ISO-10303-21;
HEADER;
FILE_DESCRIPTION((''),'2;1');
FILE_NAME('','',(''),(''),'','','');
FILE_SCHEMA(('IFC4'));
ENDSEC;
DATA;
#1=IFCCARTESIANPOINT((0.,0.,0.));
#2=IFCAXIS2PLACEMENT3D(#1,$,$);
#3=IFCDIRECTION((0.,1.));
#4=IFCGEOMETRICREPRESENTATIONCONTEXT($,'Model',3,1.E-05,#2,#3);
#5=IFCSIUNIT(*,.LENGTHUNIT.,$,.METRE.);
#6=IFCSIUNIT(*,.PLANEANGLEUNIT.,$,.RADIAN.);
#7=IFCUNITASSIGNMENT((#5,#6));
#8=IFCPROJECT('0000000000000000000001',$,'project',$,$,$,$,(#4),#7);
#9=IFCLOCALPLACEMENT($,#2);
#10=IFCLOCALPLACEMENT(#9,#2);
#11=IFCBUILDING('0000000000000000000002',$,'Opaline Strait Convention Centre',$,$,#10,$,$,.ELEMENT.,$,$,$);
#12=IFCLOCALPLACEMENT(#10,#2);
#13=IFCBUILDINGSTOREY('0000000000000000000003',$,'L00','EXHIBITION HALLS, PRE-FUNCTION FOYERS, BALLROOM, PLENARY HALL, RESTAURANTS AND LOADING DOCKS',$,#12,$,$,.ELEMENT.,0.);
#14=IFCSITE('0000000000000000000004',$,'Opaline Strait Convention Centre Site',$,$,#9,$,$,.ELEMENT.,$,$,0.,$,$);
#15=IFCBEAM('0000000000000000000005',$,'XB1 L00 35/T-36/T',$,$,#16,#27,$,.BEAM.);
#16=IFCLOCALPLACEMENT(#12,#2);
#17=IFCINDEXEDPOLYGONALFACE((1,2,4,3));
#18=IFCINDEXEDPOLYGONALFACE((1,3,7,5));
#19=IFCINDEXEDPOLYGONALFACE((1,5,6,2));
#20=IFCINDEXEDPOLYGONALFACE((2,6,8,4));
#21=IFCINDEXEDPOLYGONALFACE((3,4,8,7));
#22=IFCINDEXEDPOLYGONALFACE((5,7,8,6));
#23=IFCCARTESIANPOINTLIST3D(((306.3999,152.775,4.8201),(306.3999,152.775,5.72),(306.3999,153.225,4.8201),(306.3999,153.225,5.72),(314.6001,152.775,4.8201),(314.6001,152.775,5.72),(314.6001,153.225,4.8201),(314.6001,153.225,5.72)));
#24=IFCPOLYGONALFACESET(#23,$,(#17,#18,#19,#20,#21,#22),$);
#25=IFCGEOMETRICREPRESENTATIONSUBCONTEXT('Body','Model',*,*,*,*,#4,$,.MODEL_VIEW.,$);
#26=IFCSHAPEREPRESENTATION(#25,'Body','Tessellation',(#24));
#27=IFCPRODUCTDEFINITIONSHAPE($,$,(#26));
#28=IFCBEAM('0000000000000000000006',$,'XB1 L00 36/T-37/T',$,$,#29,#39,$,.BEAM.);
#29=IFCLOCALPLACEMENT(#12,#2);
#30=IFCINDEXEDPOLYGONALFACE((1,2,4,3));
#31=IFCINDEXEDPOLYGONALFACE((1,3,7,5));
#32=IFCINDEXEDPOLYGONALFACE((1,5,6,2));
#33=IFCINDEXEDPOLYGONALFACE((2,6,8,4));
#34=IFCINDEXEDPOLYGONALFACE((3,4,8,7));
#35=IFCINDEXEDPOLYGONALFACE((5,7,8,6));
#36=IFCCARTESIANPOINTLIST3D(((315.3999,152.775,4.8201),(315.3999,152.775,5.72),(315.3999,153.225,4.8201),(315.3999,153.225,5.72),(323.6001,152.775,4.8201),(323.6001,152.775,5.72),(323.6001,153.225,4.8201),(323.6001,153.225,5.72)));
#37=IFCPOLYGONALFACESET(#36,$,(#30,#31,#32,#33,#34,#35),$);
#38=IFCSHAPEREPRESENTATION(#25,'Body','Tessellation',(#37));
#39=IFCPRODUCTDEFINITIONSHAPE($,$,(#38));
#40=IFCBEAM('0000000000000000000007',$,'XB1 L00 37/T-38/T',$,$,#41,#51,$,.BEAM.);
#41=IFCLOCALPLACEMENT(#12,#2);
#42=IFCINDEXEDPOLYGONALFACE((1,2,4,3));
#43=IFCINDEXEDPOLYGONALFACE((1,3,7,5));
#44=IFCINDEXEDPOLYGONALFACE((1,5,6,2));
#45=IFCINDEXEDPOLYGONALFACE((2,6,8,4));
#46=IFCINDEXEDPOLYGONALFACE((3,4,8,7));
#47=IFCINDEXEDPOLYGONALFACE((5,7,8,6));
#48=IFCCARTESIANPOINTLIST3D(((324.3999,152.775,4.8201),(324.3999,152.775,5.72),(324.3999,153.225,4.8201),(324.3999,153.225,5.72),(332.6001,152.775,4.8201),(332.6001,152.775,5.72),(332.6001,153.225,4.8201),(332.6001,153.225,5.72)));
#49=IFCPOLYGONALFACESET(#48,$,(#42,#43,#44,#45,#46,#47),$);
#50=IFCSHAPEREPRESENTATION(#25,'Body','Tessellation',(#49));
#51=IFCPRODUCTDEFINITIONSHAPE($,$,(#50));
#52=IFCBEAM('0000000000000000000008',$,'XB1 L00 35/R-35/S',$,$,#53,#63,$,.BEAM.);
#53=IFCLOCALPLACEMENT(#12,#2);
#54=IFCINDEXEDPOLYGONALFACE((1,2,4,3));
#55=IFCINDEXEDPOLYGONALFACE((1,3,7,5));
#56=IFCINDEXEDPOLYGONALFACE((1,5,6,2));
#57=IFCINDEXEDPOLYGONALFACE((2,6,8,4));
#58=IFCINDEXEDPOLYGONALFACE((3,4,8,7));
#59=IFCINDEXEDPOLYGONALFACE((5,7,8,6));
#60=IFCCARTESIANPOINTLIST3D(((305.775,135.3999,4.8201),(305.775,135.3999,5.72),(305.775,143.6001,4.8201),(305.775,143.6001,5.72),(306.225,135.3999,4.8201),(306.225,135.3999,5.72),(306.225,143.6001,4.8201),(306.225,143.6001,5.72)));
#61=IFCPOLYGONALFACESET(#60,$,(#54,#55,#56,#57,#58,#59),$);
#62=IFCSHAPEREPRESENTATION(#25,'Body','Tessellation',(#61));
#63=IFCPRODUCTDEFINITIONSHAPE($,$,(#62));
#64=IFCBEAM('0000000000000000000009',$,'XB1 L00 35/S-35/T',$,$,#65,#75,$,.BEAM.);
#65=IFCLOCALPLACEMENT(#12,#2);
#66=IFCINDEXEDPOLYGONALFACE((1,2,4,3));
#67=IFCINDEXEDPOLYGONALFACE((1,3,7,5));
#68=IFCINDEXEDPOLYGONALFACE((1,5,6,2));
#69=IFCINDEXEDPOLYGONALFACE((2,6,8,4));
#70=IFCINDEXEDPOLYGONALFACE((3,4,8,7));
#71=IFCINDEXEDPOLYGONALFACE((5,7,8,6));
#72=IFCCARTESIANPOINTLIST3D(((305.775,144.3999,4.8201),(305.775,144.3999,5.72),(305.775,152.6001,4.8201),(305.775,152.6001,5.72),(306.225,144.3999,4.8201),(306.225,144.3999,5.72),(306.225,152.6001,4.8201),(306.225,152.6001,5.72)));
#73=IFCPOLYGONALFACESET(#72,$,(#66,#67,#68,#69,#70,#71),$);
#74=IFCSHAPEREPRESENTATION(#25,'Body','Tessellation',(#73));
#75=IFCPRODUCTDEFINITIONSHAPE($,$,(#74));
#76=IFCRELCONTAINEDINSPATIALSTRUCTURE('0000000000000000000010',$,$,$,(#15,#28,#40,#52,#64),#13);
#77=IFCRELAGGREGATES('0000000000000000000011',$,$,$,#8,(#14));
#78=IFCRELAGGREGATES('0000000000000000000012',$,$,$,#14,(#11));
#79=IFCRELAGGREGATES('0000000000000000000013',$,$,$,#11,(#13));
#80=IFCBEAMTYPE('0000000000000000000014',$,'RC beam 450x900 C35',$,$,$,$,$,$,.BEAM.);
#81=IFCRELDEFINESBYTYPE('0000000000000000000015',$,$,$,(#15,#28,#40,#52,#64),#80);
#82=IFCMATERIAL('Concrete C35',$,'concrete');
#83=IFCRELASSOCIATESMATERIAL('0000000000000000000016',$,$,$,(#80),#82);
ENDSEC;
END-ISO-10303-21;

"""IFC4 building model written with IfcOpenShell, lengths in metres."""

from ifc_helpers import new_model, si_unit, direction, frame, origin, origin_2d, place, context, subcontext, project, spatial, rectangle, extrude, material, material_profile, profile_set, type_object, element, save


model = new_model("IFC4")

# Units and contexts
model_context = context("Model", 3, precision=1e-05, world=origin(), true_north=direction((0.0, 1.0)))
body_context = subcontext(model_context, "Body", "Model", "MODEL_VIEW")
ifc_project = project(units=[si_unit("LENGTHUNIT", "METRE"), si_unit("PLANEANGLEUNIT", "RADIAN")], contexts=[model_context])

# Site, building, storey
site_placement = place(None, origin())
site = spatial("IfcSite", under=ifc_project, at=site_placement, Name="Opaline Strait Convention Centre Site", CompositionType="ELEMENT", RefElevation=0.0)
building_placement = place(site_placement, origin())
building = spatial("IfcBuilding", under=site, at=building_placement, Name="Opaline Strait Convention Centre", CompositionType="ELEMENT")
storey_placement = place(building_placement, origin())
storey = spatial("IfcBuildingStorey", under=building, at=storey_placement, Name="L00", Description="EXHIBITION HALLS, PRE-FUNCTION FOYERS, BALLROOM, PLENARY HALL, RESTAURANTS AND LOADING DOCKS", CompositionType="ELEMENT", Elevation=0.0)

# Shared definitions
ifc_material_1 = material(Name="Concrete C35", Category="concrete")

# Beams
ifc_material_profile_1 = material_profile(ifc_material_1, rectangle(XDim=0.45, YDim=0.8999, at=origin_2d()), Name="RC 450x900")
ifc_profile_set_1 = profile_set([ifc_material_profile_1], Name="Concrete C35")
beam_type = type_object("IfcBeamType", Name="RC beam 450x900 C35", PredefinedType="BEAM", material=ifc_profile_set_1)
for number, where, z_axis, x_axis, name in (
    (1, (306.3999, 153.0, 5.27), (1.0, 0.0, 0.0), (0.0, 1.0, 0.0), "XB1 L00 35/T-36/T"),
    (2, (315.3999, 153.0, 5.27), (1.0, 0.0, 0.0), (0.0, 1.0, 0.0), "XB1 L00 36/T-37/T"),
    (3, (324.3999, 153.0, 5.27), (1.0, 0.0, 0.0), (0.0, 1.0, 0.0), "XB1 L00 37/T-38/T"),
    (4, (306.0, 135.3999, 5.27), (0.0, 1.0, 0.0), (-1.0, 0.0, 0.0), "XB1 L00 35/R-35/S"),
    (5, (306.0, 144.3999, 5.27), (0.0, 1.0, 0.0), (-1.0, 0.0, 0.0), "XB1 L00 35/S-35/T"),
):
    element("IfcBeam", number, at=place(storey_placement, frame(where, z_axis=z_axis, x_axis=x_axis)), inside=storey, type_object=beam_type, Name=name, PredefinedType="BEAM", context=body_context, shape_type="SweptSolid", body=[
        extrude(rectangle(XDim=0.45, YDim=0.8999, at=origin_2d()), origin(), (0.0, 0.0, 1.0), 8.2002),
    ])

save(model, "model.ifc")
